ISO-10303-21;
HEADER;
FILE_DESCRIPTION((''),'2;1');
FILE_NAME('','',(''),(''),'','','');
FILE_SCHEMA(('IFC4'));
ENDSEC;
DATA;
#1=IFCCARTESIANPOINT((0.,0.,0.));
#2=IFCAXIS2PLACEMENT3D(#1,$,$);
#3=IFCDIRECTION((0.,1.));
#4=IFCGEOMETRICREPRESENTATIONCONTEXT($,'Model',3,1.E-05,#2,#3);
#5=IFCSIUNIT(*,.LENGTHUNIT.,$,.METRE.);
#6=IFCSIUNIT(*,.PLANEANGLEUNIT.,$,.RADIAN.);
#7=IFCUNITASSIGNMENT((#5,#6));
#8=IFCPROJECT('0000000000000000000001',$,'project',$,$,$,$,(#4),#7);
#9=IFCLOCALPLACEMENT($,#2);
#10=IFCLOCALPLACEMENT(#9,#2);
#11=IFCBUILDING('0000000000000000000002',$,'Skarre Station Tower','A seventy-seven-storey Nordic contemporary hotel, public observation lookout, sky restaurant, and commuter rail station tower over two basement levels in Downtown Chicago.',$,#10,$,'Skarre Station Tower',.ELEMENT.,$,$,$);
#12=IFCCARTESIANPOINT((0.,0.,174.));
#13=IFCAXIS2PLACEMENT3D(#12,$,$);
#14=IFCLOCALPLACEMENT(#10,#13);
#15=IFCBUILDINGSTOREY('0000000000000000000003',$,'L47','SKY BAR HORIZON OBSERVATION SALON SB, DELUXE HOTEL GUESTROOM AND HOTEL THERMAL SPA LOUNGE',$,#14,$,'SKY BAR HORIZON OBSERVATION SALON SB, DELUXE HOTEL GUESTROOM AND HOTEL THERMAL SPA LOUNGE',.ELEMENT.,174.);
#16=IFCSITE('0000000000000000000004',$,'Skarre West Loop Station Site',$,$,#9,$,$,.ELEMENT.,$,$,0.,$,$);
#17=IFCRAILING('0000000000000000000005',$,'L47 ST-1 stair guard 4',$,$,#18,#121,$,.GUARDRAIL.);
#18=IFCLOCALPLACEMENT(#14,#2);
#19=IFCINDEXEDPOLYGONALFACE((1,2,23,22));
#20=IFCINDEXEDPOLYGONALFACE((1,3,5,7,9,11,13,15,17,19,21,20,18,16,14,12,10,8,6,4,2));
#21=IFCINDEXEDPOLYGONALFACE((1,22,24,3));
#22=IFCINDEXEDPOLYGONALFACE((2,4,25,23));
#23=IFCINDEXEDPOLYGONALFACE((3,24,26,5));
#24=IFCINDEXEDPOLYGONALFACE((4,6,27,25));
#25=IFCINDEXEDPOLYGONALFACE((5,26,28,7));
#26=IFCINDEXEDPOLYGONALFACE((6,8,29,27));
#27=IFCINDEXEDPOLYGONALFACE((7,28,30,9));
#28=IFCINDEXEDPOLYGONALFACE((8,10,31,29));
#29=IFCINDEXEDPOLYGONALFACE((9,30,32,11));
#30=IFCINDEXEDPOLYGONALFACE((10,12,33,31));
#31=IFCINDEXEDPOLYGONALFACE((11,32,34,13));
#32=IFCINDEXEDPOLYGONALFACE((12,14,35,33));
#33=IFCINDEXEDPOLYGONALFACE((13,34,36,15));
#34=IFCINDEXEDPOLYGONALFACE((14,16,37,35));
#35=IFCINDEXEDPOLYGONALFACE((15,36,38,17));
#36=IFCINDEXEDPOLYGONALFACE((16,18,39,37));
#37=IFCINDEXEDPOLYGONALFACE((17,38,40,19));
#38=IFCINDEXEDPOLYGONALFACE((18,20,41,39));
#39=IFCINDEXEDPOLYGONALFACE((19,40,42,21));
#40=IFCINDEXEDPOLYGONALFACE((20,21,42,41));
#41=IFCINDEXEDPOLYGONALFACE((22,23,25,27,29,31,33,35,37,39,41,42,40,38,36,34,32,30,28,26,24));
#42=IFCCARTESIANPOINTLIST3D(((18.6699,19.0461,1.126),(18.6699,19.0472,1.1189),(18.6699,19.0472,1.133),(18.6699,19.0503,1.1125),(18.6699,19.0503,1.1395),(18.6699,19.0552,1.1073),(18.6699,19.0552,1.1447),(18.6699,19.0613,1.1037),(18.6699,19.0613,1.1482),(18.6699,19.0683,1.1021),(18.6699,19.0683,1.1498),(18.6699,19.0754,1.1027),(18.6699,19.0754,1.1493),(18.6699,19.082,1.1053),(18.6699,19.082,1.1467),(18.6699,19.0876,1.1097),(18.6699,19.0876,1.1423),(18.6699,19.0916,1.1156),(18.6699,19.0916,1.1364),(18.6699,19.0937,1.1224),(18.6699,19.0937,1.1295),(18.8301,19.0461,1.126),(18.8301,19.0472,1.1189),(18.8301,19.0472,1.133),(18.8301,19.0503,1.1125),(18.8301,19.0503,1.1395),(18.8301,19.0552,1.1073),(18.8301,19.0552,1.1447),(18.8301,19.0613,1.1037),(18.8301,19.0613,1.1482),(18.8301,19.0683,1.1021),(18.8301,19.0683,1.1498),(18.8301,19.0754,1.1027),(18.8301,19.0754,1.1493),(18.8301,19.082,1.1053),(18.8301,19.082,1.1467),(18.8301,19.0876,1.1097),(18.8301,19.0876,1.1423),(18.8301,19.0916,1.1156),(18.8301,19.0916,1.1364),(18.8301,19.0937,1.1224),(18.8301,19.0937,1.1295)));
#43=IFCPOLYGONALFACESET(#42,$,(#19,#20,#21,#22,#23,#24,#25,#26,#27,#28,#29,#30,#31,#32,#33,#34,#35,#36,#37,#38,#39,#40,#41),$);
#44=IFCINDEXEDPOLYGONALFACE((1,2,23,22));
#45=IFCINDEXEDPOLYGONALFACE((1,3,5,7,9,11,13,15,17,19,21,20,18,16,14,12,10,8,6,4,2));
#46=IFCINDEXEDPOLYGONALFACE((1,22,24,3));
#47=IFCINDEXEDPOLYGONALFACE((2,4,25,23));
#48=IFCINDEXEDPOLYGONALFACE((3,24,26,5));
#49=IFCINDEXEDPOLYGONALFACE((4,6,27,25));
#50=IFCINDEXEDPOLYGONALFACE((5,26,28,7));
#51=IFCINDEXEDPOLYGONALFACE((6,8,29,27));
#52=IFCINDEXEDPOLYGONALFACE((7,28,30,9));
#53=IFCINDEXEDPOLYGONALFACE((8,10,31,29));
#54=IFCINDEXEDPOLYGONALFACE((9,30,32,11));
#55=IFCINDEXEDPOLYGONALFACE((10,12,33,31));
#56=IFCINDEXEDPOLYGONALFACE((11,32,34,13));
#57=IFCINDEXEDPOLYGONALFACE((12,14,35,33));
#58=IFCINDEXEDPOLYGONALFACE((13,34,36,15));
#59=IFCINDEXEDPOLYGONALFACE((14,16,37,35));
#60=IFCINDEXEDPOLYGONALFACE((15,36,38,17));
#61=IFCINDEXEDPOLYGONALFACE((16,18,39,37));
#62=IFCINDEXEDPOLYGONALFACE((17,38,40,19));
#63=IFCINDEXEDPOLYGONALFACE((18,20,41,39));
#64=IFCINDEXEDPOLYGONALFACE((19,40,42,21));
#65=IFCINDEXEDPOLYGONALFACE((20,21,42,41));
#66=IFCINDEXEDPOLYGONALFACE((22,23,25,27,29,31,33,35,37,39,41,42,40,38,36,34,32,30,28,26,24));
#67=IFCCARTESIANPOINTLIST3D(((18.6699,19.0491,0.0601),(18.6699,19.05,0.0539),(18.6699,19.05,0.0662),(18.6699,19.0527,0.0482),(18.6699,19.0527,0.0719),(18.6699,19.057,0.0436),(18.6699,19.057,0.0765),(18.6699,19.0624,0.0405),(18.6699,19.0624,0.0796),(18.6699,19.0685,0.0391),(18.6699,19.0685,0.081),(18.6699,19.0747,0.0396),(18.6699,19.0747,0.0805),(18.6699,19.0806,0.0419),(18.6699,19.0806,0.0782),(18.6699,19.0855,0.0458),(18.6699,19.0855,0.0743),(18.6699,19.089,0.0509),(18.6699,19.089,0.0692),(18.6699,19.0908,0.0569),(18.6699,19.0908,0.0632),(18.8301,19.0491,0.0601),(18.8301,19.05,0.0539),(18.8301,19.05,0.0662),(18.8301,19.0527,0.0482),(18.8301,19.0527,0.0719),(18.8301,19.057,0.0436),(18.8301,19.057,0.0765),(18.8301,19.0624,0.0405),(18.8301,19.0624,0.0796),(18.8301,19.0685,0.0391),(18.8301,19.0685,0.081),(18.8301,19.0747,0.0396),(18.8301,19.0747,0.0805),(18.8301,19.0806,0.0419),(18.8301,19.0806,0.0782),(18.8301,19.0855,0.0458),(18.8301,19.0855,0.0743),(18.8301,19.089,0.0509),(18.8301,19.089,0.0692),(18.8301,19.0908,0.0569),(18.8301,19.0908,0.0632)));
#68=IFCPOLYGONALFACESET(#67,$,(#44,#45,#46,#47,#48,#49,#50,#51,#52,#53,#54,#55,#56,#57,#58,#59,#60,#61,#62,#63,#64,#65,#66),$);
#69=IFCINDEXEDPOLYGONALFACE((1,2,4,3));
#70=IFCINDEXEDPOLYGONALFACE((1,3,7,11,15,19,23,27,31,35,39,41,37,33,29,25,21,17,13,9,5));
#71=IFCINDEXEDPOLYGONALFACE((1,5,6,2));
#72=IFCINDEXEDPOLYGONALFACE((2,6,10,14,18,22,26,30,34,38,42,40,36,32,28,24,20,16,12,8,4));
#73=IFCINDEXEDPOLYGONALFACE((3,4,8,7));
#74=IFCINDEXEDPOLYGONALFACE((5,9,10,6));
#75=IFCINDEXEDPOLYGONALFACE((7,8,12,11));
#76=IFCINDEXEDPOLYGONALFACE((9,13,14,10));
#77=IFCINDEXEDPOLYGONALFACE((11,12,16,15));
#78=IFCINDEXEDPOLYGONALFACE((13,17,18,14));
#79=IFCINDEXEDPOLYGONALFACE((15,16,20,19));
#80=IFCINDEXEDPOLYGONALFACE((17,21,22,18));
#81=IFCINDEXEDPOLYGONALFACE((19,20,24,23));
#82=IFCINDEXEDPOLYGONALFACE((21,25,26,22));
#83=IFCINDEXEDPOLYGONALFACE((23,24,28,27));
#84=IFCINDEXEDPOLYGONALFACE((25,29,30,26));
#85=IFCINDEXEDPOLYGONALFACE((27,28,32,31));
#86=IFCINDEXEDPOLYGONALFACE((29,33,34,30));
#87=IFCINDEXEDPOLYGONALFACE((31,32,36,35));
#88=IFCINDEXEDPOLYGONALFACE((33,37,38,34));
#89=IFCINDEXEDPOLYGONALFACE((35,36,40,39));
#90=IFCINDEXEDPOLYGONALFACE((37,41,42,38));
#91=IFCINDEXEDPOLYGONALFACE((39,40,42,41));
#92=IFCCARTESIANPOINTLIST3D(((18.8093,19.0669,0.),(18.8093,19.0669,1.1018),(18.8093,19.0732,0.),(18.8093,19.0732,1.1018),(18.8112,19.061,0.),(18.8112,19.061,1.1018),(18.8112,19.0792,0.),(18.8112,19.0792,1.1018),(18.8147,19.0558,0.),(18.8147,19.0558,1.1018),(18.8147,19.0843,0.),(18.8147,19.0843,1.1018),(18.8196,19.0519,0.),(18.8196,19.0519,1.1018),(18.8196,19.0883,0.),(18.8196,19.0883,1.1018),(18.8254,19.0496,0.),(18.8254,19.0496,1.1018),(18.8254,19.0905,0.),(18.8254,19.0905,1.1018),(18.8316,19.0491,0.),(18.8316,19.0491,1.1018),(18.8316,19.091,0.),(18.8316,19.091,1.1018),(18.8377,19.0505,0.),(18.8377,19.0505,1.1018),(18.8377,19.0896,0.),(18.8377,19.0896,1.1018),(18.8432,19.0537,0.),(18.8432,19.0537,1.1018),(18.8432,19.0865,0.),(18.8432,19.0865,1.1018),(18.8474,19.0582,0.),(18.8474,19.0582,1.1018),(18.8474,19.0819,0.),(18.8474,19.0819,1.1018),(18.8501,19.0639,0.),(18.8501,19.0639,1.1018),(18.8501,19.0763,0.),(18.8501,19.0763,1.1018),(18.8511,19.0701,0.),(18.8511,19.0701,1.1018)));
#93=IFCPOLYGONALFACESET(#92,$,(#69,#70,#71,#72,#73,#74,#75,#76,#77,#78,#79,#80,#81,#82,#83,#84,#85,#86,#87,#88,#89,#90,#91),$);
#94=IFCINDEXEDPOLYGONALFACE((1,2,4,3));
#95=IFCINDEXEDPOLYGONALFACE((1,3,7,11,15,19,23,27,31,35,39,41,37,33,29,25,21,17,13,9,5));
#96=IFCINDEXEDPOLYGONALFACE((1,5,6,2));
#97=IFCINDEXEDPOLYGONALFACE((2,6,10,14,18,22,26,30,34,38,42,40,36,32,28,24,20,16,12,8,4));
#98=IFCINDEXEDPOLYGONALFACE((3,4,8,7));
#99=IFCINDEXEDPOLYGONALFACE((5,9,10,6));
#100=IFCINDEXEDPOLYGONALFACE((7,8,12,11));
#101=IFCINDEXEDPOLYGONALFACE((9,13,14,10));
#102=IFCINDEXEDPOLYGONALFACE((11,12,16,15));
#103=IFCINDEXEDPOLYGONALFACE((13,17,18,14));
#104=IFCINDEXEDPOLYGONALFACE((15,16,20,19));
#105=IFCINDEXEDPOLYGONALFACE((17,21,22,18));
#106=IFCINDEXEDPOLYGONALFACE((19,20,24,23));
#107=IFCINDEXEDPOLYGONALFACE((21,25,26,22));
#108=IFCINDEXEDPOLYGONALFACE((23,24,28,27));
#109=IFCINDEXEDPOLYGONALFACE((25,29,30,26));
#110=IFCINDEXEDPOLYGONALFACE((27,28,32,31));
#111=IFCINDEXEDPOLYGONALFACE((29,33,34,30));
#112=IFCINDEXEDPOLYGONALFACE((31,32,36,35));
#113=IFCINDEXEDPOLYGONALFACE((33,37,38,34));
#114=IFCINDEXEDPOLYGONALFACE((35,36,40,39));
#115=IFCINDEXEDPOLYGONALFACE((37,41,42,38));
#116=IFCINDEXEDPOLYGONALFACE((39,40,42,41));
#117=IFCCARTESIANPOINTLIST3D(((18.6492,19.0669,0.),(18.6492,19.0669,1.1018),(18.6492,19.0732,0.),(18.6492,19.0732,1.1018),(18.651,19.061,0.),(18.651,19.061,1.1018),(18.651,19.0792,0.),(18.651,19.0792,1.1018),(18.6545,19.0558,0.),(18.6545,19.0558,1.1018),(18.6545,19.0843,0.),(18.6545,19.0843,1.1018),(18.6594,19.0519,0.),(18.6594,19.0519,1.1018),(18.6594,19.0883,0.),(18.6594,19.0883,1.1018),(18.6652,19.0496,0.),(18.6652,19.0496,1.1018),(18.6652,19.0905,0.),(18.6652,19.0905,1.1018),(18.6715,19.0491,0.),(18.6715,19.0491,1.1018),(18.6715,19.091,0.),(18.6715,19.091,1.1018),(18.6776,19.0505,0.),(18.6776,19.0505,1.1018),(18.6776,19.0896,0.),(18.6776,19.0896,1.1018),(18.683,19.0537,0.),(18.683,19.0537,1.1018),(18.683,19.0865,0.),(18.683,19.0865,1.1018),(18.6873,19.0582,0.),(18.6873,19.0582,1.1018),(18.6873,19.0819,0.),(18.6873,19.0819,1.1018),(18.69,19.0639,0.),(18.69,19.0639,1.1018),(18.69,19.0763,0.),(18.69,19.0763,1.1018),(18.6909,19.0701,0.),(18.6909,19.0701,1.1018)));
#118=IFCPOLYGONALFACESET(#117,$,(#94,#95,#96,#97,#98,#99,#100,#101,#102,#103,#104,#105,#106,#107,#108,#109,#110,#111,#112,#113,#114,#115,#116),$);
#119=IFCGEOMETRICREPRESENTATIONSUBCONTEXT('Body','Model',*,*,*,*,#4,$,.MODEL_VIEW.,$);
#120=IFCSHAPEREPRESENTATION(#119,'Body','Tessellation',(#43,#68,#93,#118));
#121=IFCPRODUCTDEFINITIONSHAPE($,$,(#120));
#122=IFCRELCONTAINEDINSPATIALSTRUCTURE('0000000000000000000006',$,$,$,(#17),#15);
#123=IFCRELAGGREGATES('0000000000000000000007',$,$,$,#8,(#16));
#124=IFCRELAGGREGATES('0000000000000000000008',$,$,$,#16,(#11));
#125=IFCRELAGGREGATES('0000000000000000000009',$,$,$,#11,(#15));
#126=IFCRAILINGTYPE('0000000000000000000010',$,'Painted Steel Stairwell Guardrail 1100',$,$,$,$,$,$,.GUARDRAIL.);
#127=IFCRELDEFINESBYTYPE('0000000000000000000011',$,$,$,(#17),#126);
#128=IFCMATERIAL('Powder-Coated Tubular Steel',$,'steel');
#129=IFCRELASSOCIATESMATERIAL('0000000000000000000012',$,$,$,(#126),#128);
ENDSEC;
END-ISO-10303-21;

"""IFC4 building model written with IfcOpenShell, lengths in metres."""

from ifc_helpers import new_model, si_unit, direction, frame, origin, origin_2d, place, context, subcontext, project, spatial, circle, extrude, material, type_object, element, save


model = new_model("IFC4")

# Units and contexts
model_context = context("Model", 3, precision=1e-05, world=origin(), true_north=direction((0.0, 1.0)))
body_context = subcontext(model_context, "Body", "Model", "MODEL_VIEW")
ifc_project = project(units=[si_unit("LENGTHUNIT", "METRE"), si_unit("PLANEANGLEUNIT", "RADIAN")], contexts=[model_context])

# Site, building, storey
site_placement = place(None, origin())
site = spatial("IfcSite", under=ifc_project, at=site_placement, Name="Skarre West Loop Station Site", CompositionType="ELEMENT", RefElevation=0.0)
building_placement = place(site_placement, origin())
building = spatial("IfcBuilding", under=site, at=building_placement, Name="Skarre Station Tower", Description="A seventy-seven-storey Nordic contemporary hotel, public observation lookout, sky restaurant, and commuter rail station tower over two basement levels in Downtown Chicago.", LongName="Skarre Station Tower", CompositionType="ELEMENT")
storey_placement = place(building_placement, frame((0.0, 0.0, 174.0)))
storey = spatial("IfcBuildingStorey", under=building, at=storey_placement, Name="L47", Description="SKY BAR HORIZON OBSERVATION SALON SB, DELUXE HOTEL GUESTROOM AND HOTEL THERMAL SPA LOUNGE", LongName="SKY BAR HORIZON OBSERVATION SALON SB, DELUXE HOTEL GUESTROOM AND HOTEL THERMAL SPA LOUNGE", CompositionType="ELEMENT", Elevation=174.0)

# Railing
ifc_material_1 = material(Name="Powder-Coated Tubular Steel", Category="steel")
railing_type_1 = type_object("IfcRailingType", Name="Painted Steel Stairwell Guardrail 1100", PredefinedType="GUARDRAIL", material=ifc_material_1)
railing_1_placement = place(storey_placement, frame((18.8301, 19.0701, 0.0)))
element("IfcRailing", 1, at=railing_1_placement, inside=storey, type_object=railing_type_1, Name="L47 ST-1 stair guard 4", PredefinedType="GUARDRAIL", context=body_context, shape_type="SweptSolid", body=[
    extrude(circle(Radius=0.0239, at=origin_2d()), frame((0.0, 0.0, 1.126), z_axis=(-1.0, 0.0, 0.0), x_axis=(0.0, -1.0, 0.0)), (0.0, 0.0, 1.0), 0.1602),
    extrude(circle(Radius=0.021, at=origin_2d()), frame((0.0, 0.0, 0.0601), z_axis=(-1.0, 0.0, 0.0), x_axis=(0.0, -1.0, 0.0)), (0.0, 0.0, 1.0), 0.1602),
    extrude(circle(Radius=0.021, at=origin_2d()), origin(), (0.0, 0.0, 1.0), 1.1018),
    extrude(circle(Radius=0.021, at=origin_2d()), frame((-0.1602, 0.0, 0.0)), (0.0, 0.0, 1.0), 1.1018),
])

save(model, "model.ifc")
